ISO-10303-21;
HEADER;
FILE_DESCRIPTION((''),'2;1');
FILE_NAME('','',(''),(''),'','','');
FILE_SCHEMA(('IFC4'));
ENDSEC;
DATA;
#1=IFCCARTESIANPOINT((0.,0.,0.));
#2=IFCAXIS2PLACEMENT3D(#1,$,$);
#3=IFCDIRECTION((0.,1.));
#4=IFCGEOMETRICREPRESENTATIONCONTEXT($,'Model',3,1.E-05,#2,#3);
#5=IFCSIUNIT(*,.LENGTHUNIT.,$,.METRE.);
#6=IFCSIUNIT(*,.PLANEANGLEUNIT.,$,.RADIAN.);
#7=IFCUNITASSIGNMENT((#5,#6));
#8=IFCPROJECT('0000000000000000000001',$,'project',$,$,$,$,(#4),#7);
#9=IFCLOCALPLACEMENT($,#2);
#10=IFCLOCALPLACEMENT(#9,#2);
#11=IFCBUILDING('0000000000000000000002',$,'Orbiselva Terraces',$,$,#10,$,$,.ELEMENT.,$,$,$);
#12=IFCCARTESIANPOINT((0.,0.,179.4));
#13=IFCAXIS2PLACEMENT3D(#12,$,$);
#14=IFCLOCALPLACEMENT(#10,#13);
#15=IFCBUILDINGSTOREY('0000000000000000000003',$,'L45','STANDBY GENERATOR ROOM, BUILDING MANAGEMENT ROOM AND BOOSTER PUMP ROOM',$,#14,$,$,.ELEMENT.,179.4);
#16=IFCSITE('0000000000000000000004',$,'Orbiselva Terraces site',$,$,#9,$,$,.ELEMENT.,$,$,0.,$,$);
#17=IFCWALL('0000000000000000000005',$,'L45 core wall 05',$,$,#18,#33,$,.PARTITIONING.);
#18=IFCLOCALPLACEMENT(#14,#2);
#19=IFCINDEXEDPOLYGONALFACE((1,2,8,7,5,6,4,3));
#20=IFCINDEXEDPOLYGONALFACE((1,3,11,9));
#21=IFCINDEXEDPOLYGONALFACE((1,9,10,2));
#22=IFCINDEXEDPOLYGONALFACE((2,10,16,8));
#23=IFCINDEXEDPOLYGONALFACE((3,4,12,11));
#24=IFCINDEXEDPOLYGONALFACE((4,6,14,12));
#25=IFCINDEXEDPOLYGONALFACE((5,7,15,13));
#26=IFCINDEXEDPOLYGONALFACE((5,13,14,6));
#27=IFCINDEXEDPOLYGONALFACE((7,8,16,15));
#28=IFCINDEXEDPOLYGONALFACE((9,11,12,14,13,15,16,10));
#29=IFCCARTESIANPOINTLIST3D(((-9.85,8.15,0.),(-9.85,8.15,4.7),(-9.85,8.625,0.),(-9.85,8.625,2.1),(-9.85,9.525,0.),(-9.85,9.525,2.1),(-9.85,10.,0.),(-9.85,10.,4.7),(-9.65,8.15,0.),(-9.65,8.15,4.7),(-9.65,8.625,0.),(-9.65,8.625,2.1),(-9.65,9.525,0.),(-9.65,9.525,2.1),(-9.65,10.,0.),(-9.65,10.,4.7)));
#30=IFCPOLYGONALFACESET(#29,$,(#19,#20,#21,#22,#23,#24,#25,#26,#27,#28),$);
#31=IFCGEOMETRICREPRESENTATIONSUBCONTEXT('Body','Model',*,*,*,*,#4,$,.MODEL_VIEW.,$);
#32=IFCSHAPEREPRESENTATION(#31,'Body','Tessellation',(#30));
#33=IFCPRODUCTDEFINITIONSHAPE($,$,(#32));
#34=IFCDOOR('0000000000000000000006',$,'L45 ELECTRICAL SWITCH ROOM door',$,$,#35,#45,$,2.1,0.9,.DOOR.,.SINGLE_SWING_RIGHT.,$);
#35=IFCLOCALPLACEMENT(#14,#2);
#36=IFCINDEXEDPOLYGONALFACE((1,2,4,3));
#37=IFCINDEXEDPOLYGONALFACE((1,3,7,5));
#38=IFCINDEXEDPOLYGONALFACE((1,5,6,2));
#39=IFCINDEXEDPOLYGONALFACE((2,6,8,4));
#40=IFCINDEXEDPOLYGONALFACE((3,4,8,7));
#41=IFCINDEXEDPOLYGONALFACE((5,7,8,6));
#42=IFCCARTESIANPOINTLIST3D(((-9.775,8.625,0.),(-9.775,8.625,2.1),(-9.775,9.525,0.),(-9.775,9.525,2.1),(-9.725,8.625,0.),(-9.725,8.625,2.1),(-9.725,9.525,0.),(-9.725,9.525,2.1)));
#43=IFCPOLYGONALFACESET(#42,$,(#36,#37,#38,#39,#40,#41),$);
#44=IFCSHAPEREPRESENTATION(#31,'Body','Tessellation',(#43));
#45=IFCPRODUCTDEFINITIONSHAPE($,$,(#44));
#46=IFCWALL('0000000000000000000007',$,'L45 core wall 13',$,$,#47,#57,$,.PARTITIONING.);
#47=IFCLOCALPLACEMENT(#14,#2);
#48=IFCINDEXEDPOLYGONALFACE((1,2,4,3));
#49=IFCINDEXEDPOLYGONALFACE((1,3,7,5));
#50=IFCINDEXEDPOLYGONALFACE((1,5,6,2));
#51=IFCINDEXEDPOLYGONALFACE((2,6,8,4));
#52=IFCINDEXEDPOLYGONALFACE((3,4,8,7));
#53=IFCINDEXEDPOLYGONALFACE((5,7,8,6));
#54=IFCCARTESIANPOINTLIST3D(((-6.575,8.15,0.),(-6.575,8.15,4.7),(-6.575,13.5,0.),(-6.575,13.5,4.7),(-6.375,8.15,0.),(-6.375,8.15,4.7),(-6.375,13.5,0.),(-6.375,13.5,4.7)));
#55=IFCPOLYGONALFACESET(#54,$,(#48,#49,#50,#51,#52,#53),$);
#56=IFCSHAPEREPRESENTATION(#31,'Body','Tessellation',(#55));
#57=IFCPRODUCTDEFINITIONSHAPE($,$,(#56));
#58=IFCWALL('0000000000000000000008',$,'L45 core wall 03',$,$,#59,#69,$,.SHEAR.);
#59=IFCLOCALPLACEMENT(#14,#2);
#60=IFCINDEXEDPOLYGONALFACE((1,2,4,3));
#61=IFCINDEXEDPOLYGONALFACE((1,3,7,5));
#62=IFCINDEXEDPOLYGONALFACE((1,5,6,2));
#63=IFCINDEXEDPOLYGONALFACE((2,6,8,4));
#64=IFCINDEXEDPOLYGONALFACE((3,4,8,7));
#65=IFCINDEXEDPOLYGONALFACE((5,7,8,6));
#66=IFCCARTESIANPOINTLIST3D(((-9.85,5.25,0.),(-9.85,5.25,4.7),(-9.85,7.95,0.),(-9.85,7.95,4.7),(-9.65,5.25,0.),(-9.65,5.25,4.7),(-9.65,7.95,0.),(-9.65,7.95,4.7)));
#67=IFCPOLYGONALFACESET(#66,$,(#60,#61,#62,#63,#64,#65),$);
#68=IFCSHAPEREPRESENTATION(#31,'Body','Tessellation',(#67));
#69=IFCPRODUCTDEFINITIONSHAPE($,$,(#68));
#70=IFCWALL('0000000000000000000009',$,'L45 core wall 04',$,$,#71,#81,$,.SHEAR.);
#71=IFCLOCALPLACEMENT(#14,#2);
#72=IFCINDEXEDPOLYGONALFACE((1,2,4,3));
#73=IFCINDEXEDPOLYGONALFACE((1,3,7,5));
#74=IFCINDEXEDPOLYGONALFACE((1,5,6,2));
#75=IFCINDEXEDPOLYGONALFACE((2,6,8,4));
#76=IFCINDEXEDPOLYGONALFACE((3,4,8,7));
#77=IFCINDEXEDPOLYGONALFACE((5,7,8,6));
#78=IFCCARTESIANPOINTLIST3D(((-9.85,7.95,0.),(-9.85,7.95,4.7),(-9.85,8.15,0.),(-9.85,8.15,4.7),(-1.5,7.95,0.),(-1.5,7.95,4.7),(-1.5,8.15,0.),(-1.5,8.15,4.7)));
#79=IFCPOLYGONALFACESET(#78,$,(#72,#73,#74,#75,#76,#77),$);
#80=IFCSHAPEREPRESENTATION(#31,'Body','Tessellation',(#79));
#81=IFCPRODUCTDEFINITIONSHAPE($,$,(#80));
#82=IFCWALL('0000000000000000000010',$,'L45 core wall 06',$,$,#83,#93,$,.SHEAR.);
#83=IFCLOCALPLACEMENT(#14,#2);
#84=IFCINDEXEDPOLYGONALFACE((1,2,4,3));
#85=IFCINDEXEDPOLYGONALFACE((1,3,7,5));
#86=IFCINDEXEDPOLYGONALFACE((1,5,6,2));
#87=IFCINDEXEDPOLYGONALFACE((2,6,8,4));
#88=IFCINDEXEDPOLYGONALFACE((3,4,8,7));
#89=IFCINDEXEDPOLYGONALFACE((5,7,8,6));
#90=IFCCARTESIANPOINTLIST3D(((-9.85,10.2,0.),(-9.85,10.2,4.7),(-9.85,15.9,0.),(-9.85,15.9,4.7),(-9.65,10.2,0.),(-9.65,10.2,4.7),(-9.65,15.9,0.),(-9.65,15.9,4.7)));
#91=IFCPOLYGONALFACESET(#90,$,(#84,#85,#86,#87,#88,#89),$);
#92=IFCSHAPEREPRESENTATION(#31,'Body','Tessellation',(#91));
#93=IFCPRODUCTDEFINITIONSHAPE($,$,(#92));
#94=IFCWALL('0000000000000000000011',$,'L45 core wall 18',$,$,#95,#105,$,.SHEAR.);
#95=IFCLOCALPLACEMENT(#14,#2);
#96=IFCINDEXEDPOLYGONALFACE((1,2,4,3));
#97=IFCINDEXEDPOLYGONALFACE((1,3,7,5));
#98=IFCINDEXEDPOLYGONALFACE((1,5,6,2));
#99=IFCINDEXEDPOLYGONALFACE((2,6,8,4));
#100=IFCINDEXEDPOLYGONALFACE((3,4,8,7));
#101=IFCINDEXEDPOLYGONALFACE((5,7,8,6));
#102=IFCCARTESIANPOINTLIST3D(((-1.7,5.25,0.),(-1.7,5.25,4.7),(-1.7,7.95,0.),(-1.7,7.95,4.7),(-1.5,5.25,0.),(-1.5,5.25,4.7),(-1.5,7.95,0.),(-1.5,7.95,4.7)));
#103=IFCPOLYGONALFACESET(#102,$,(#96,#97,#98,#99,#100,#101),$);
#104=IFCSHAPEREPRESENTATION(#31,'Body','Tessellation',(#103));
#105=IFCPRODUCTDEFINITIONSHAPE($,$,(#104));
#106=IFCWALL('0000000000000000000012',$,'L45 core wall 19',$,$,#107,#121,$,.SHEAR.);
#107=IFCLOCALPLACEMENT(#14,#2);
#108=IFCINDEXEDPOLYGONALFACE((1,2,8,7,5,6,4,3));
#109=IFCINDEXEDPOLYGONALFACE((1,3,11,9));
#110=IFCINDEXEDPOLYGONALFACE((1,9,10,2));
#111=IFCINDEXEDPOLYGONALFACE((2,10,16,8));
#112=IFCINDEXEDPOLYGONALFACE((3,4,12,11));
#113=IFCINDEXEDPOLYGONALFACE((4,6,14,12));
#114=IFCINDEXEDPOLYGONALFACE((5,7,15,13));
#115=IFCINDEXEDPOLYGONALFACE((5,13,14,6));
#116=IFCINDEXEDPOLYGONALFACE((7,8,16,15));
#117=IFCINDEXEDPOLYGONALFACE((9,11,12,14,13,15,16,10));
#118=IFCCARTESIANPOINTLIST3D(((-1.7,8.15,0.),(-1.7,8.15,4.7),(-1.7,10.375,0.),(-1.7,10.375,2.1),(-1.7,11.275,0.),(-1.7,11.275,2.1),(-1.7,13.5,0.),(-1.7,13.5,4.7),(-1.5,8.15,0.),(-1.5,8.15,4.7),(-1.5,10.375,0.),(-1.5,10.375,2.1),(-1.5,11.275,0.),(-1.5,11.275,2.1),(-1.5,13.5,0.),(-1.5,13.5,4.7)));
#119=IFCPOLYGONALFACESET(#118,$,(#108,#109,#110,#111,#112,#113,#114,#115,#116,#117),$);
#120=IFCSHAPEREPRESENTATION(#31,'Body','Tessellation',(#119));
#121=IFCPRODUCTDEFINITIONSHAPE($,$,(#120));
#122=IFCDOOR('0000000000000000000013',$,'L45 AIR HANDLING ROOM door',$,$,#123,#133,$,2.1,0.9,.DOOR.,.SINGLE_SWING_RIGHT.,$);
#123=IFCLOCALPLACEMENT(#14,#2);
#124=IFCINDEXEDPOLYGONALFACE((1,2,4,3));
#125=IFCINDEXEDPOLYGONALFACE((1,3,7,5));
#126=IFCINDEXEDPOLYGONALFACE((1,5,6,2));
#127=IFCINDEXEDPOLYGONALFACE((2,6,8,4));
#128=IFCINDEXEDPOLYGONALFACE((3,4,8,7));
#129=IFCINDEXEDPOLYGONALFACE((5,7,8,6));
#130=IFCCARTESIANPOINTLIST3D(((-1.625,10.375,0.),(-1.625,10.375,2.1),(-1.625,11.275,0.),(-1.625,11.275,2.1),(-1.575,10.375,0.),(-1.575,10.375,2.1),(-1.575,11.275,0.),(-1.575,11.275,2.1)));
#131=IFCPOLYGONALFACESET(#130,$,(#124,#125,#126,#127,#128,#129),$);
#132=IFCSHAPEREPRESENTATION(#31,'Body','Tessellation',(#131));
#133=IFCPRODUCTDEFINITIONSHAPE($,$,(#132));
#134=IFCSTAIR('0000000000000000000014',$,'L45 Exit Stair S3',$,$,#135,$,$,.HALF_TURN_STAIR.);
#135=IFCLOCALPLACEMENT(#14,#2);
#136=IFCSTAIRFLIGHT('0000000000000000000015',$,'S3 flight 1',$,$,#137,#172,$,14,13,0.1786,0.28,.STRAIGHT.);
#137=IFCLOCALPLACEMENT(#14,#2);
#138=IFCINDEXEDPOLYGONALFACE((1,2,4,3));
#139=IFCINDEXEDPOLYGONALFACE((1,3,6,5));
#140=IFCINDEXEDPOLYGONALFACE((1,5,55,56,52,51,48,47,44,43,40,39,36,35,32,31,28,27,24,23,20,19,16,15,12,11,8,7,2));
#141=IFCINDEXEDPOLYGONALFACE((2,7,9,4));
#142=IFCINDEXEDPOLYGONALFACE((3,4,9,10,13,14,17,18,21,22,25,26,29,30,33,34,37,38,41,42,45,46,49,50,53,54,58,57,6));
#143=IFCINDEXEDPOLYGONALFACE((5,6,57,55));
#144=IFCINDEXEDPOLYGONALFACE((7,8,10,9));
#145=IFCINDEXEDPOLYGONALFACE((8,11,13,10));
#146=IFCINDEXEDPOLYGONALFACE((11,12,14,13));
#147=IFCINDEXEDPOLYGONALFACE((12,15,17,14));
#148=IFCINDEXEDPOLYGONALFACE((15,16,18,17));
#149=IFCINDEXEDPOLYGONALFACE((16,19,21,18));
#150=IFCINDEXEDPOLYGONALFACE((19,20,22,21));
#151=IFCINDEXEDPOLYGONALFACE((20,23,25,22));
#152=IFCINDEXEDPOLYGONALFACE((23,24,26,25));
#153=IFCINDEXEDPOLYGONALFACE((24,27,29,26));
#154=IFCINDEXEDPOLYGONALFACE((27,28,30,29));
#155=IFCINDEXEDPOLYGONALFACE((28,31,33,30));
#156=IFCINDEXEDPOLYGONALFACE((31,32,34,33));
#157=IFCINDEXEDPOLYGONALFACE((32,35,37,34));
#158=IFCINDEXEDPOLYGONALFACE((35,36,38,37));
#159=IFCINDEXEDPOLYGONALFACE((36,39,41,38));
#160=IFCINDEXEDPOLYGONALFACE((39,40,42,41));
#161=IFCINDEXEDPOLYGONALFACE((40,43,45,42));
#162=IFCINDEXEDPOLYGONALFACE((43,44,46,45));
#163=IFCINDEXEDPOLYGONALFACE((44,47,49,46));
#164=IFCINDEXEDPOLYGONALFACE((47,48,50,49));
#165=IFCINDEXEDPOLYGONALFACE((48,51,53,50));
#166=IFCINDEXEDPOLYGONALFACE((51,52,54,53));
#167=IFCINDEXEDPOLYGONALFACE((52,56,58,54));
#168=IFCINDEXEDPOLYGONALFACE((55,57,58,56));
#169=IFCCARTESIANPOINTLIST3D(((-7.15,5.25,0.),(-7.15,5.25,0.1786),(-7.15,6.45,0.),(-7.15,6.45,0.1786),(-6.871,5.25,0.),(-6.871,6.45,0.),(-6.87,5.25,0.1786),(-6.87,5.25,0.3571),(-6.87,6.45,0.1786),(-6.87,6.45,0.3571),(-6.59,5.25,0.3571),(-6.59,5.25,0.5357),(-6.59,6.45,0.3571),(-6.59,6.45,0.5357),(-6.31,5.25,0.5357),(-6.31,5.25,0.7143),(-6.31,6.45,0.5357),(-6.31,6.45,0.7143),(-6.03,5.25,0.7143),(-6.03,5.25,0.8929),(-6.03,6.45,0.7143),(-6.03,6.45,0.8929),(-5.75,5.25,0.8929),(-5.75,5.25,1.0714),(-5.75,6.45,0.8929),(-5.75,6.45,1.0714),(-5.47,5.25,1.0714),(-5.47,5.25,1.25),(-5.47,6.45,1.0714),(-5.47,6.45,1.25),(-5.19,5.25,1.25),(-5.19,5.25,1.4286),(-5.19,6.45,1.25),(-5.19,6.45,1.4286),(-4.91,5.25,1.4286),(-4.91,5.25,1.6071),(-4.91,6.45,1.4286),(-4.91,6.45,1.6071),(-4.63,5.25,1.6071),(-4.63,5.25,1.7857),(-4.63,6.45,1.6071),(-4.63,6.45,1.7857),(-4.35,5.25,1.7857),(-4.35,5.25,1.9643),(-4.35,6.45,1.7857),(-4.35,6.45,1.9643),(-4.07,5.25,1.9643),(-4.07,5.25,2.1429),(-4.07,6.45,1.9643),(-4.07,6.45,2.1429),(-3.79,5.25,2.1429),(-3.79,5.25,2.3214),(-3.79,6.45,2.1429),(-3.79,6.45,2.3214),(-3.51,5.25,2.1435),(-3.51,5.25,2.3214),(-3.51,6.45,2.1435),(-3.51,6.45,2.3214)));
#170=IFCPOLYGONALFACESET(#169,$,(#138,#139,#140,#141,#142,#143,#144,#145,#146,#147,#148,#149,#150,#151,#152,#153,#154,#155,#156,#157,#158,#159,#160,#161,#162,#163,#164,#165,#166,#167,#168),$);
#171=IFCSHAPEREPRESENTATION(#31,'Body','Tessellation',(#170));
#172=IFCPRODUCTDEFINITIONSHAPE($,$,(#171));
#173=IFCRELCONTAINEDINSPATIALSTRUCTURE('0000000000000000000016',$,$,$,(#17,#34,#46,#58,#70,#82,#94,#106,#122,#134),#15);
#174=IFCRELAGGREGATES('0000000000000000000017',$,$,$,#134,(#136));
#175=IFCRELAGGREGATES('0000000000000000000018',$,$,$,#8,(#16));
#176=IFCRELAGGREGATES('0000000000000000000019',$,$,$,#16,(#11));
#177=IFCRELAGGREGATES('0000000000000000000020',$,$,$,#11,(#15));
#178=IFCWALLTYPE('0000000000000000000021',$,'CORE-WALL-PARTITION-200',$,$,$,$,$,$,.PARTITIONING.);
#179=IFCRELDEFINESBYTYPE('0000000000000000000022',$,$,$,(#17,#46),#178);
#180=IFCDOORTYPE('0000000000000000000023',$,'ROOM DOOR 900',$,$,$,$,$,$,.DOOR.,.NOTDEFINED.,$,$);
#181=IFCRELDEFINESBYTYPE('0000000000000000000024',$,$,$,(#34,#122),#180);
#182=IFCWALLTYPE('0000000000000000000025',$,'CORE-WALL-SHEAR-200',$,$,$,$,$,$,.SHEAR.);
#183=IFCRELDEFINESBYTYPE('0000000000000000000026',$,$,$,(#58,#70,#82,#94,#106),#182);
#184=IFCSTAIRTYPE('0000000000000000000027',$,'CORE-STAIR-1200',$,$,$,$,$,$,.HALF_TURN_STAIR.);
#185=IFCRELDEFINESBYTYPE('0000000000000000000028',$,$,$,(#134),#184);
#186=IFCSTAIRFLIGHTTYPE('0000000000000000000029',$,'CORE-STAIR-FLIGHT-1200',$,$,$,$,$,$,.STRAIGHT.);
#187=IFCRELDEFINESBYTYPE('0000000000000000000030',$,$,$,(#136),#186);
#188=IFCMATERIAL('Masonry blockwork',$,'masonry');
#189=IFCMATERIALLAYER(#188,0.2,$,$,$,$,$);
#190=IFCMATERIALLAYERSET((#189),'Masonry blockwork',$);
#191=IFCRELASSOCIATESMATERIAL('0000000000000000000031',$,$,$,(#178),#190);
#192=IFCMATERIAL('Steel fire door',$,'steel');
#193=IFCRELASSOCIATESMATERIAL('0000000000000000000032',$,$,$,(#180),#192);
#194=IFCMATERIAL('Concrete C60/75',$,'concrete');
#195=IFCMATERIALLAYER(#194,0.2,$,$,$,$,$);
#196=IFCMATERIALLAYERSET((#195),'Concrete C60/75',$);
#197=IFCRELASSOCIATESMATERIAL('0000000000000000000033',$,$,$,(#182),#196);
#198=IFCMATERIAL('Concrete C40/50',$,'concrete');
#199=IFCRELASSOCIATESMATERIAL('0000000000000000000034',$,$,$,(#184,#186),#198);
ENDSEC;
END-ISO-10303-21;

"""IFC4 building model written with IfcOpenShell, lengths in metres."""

from ifc_helpers import new_model, si_unit, direction, frame, frame_2d, origin, place, context, subcontext, project, spatial, polyline, rectangle, outline, extrude, material, layer, layer_set, type_object, element, fill, aggregate, save


model = new_model("IFC4")

# Units and contexts
model_context = context("Model", 3, precision=1e-05, world=origin(), true_north=direction((0.0, 1.0)))
body_context = subcontext(model_context, "Body", "Model", "MODEL_VIEW")
ifc_project = project(units=[si_unit("LENGTHUNIT", "METRE"), si_unit("PLANEANGLEUNIT", "RADIAN")], contexts=[model_context])

# Site, building, storey
site_placement = place(None, origin())
site = spatial("IfcSite", under=ifc_project, at=site_placement, Name="Orbiselva Terraces site", CompositionType="ELEMENT", RefElevation=0.0)
building_placement = place(site_placement, origin())
building = spatial("IfcBuilding", under=site, at=building_placement, Name="Orbiselva Terraces", CompositionType="ELEMENT")
storey_placement = place(building_placement, frame((0.0, 0.0, 179.4)))
storey = spatial("IfcBuildingStorey", under=building, at=storey_placement, Name="L45", Description="STANDBY GENERATOR ROOM, BUILDING MANAGEMENT ROOM AND BOOSTER PUMP ROOM", CompositionType="ELEMENT", Elevation=179.4)

# Wall, opening, door
ifc_material_1 = material(Name="Masonry blockwork", Category="masonry")
ifc_layer_1 = layer(ifc_material_1, 0.2)
ifc_layer_set_1 = layer_set([ifc_layer_1], Name="Masonry blockwork")
wall_type_1 = type_object("IfcWallType", Name="CORE-WALL-PARTITION-200", PredefinedType="PARTITIONING", material=ifc_layer_set_1)
wall_1_placement = place(storey_placement, frame((-9.75, 8.15, 0.0), z_axis=(0.0, 0.0, 1.0), x_axis=(0.0, 1.0, 0.0)))
wall_1 = element("IfcWall", 1, at=wall_1_placement, inside=storey, type_object=wall_type_1, Name="L45 core wall 05", PredefinedType="PARTITIONING", context=body_context, shape_type="SweptSolid", body=[
    extrude(rectangle(XDim=1.85, YDim=0.2, at=frame_2d((0.925, 0.0))), origin(), (0.0, 0.0, 1.0), 4.7),
])
opening_1_placement = place(wall_1_placement, frame((0.475, 0.0, 0.0)))
opening_1 = element("IfcOpeningElement", 2, at=opening_1_placement, cuts=wall_1, PredefinedType="OPENING", context=body_context, shape_type="SweptSolid", body=[
    extrude(rectangle(XDim=0.9, YDim=2.1, at=frame_2d((0.45, 1.05))), frame((0.0, 0.11, 0.0), z_axis=(0.0, -1.0, 0.0), x_axis=(1.0, 0.0, 0.0)), (0.0, 0.0, 1.0), 0.22),
])
ifc_material_2 = material(Name="Steel fire door", Category="steel")
door_type = type_object("IfcDoorType", Name="ROOM DOOR 900", OperationType="NOTDEFINED", PredefinedType="DOOR", material=ifc_material_2)
door_1_placement = place(opening_1_placement, origin())
door_1 = element("IfcDoor", 3, at=door_1_placement, inside=storey, type_object=door_type, Name="L45 ELECTRICAL SWITCH ROOM door", OperationType="SINGLE_SWING_RIGHT", OverallHeight=2.1, OverallWidth=0.9, PredefinedType="DOOR", context=body_context, shape_type="SweptSolid", body=[
    extrude(rectangle(XDim=0.9, YDim=2.1, at=frame_2d((0.45, 1.05))), frame((0.0, 0.025, 0.0), z_axis=(0.0, -1.0, 0.0), x_axis=(1.0, 0.0, 0.0)), (0.0, 0.0, 1.0), 0.05),
])
fill(opening_1, door_1)

# Walls
wall_2_placement = place(storey_placement, frame((-6.475, 8.15, 0.0), z_axis=(0.0, 0.0, 1.0), x_axis=(0.0, 1.0, 0.0)))
element("IfcWall", 4, at=wall_2_placement, inside=storey, type_object=wall_type_1, Name="L45 core wall 13", PredefinedType="PARTITIONING", context=body_context, shape_type="SweptSolid", body=[
    extrude(rectangle(XDim=5.35, YDim=0.2, at=frame_2d((2.675, 0.0))), origin(), (0.0, 0.0, 1.0), 4.7),
])
ifc_material_3 = material(Name="Concrete C60/75", Category="concrete")
ifc_layer_2 = layer(ifc_material_3, 0.2)
ifc_layer_set_2 = layer_set([ifc_layer_2], Name="Concrete C60/75")
wall_type_2 = type_object("IfcWallType", Name="CORE-WALL-SHEAR-200", PredefinedType="SHEAR", material=ifc_layer_set_2)
wall_3_placement = place(storey_placement, frame((-9.75, 5.25, 0.0), z_axis=(0.0, 0.0, 1.0), x_axis=(0.0, 1.0, 0.0)))
element("IfcWall", 5, at=wall_3_placement, inside=storey, type_object=wall_type_2, Name="L45 core wall 03", PredefinedType="SHEAR", context=body_context, shape_type="SweptSolid", body=[
    extrude(rectangle(XDim=2.7, YDim=0.2, at=frame_2d((1.35, 0.0))), origin(), (0.0, 0.0, 1.0), 4.7),
])
wall_4_placement = place(storey_placement, frame((-9.85, 8.05, 0.0), z_axis=(0.0, 0.0, 1.0), x_axis=(1.0, 0.0, 0.0)))
element("IfcWall", 6, at=wall_4_placement, inside=storey, type_object=wall_type_2, Name="L45 core wall 04", PredefinedType="SHEAR", context=body_context, shape_type="SweptSolid", body=[
    extrude(rectangle(XDim=8.35, YDim=0.2, at=frame_2d((4.175, 0.0))), origin(), (0.0, 0.0, 1.0), 4.7),
])
wall_5_placement = place(storey_placement, frame((-9.75, 10.2, 0.0), z_axis=(0.0, 0.0, 1.0), x_axis=(0.0, 1.0, 0.0)))
element("IfcWall", 7, at=wall_5_placement, inside=storey, type_object=wall_type_2, Name="L45 core wall 06", PredefinedType="SHEAR", context=body_context, shape_type="SweptSolid", body=[
    extrude(rectangle(XDim=5.7, YDim=0.2, at=frame_2d((2.85, 0.0))), origin(), (0.0, 0.0, 1.0), 4.7),
])
wall_6_placement = place(storey_placement, frame((-1.6, 5.25, 0.0), z_axis=(0.0, 0.0, 1.0), x_axis=(0.0, 1.0, 0.0)))
element("IfcWall", 8, at=wall_6_placement, inside=storey, type_object=wall_type_2, Name="L45 core wall 18", PredefinedType="SHEAR", context=body_context, shape_type="SweptSolid", body=[
    extrude(rectangle(XDim=2.7, YDim=0.2, at=frame_2d((1.35, 0.0))), origin(), (0.0, 0.0, 1.0), 4.7),
])

# Wall, opening, door
wall_7_placement = place(storey_placement, frame((-1.6, 8.15, 0.0), z_axis=(0.0, 0.0, 1.0), x_axis=(0.0, 1.0, 0.0)))
wall_7 = element("IfcWall", 9, at=wall_7_placement, inside=storey, type_object=wall_type_2, Name="L45 core wall 19", PredefinedType="SHEAR", context=body_context, shape_type="SweptSolid", body=[
    extrude(rectangle(XDim=5.35, YDim=0.2, at=frame_2d((2.675, 0.0))), origin(), (0.0, 0.0, 1.0), 4.7),
])
opening_2_placement = place(wall_7_placement, frame((2.225, 0.0, 0.0)))
opening_2 = element("IfcOpeningElement", 10, at=opening_2_placement, cuts=wall_7, PredefinedType="OPENING", context=body_context, shape_type="SweptSolid", body=[
    extrude(rectangle(XDim=0.9, YDim=2.1, at=frame_2d((0.45, 1.05))), frame((0.0, 0.11, 0.0), z_axis=(0.0, -1.0, 0.0), x_axis=(1.0, 0.0, 0.0)), (0.0, 0.0, 1.0), 0.22),
])
door_2_placement = place(opening_2_placement, origin())
door_2 = element("IfcDoor", 11, at=door_2_placement, inside=storey, type_object=door_type, Name="L45 AIR HANDLING ROOM door", OperationType="SINGLE_SWING_RIGHT", OverallHeight=2.1, OverallWidth=0.9, PredefinedType="DOOR", context=body_context, shape_type="SweptSolid", body=[
    extrude(rectangle(XDim=0.9, YDim=2.1, at=frame_2d((0.45, 1.05))), frame((0.0, 0.025, 0.0), z_axis=(0.0, -1.0, 0.0), x_axis=(1.0, 0.0, 0.0)), (0.0, 0.0, 1.0), 0.05),
])
fill(opening_2, door_2)

# Stair, stair flight
ifc_material_4 = material(Name="Concrete C40/50", Category="concrete")
stair_type_1 = type_object("IfcStairType", Name="CORE-STAIR-1200", PredefinedType="HALF_TURN_STAIR", material=ifc_material_4)
stair_1_placement = place(storey_placement, origin())
stair_1 = element("IfcStair", 12, at=stair_1_placement, inside=storey, type_object=stair_type_1, Name="L45 Exit Stair S3", PredefinedType="HALF_TURN_STAIR")
stair_flight_type_1 = type_object("IfcStairFlightType", Name="CORE-STAIR-FLIGHT-1200", PredefinedType="STRAIGHT", material=ifc_material_4)
stair_flight_1_placement = place(storey_placement, frame((-7.15, 5.85, 0.0), z_axis=(0.0, 0.0, 1.0), x_axis=(1.0, 0.0, 0.0)))
stair_flight_1 = element("IfcStairFlight", 13, at=stair_flight_1_placement, type_object=stair_flight_type_1, Name="S3 flight 1", NumberOfRisers=14, NumberOfTreads=13, PredefinedType="STRAIGHT", RiserHeight=0.1786, TreadLength=0.28, context=body_context, shape_type="SweptSolid", body=[
    extrude(outline(polyline([(0.0, 0.0), (0.0, 0.1786), (0.28, 0.1786), (0.28, 0.3571), (0.56, 0.3571), (0.56, 0.5357), (0.84, 0.5357), (0.84, 0.7143), (1.12, 0.7143), (1.12, 0.8929), (1.4, 0.8929), (1.4, 1.0714), (1.68, 1.0714), (1.68, 1.25), (1.96, 1.25), (1.96, 1.4286), (2.24, 1.4286), (2.24, 1.6071), (2.52, 1.6071), (2.52, 1.7857), (2.8, 1.7857), (2.8, 1.9643), (3.08, 1.9643), (3.08, 2.1429), (3.36, 2.1429), (3.36, 2.3214), (3.64, 2.3214), (3.64, 2.5), (3.64, 2.1435), (0.279, 0.0), (0.0, 0.0)])), frame((0.0, 0.6, 0.0), z_axis=(0.0, -1.0, 0.0), x_axis=(1.0, 0.0, 0.0)), (0.0, 0.0, 1.0), 1.2),
])
aggregate(stair_1, [stair_flight_1])

save(model, "model.ifc")
